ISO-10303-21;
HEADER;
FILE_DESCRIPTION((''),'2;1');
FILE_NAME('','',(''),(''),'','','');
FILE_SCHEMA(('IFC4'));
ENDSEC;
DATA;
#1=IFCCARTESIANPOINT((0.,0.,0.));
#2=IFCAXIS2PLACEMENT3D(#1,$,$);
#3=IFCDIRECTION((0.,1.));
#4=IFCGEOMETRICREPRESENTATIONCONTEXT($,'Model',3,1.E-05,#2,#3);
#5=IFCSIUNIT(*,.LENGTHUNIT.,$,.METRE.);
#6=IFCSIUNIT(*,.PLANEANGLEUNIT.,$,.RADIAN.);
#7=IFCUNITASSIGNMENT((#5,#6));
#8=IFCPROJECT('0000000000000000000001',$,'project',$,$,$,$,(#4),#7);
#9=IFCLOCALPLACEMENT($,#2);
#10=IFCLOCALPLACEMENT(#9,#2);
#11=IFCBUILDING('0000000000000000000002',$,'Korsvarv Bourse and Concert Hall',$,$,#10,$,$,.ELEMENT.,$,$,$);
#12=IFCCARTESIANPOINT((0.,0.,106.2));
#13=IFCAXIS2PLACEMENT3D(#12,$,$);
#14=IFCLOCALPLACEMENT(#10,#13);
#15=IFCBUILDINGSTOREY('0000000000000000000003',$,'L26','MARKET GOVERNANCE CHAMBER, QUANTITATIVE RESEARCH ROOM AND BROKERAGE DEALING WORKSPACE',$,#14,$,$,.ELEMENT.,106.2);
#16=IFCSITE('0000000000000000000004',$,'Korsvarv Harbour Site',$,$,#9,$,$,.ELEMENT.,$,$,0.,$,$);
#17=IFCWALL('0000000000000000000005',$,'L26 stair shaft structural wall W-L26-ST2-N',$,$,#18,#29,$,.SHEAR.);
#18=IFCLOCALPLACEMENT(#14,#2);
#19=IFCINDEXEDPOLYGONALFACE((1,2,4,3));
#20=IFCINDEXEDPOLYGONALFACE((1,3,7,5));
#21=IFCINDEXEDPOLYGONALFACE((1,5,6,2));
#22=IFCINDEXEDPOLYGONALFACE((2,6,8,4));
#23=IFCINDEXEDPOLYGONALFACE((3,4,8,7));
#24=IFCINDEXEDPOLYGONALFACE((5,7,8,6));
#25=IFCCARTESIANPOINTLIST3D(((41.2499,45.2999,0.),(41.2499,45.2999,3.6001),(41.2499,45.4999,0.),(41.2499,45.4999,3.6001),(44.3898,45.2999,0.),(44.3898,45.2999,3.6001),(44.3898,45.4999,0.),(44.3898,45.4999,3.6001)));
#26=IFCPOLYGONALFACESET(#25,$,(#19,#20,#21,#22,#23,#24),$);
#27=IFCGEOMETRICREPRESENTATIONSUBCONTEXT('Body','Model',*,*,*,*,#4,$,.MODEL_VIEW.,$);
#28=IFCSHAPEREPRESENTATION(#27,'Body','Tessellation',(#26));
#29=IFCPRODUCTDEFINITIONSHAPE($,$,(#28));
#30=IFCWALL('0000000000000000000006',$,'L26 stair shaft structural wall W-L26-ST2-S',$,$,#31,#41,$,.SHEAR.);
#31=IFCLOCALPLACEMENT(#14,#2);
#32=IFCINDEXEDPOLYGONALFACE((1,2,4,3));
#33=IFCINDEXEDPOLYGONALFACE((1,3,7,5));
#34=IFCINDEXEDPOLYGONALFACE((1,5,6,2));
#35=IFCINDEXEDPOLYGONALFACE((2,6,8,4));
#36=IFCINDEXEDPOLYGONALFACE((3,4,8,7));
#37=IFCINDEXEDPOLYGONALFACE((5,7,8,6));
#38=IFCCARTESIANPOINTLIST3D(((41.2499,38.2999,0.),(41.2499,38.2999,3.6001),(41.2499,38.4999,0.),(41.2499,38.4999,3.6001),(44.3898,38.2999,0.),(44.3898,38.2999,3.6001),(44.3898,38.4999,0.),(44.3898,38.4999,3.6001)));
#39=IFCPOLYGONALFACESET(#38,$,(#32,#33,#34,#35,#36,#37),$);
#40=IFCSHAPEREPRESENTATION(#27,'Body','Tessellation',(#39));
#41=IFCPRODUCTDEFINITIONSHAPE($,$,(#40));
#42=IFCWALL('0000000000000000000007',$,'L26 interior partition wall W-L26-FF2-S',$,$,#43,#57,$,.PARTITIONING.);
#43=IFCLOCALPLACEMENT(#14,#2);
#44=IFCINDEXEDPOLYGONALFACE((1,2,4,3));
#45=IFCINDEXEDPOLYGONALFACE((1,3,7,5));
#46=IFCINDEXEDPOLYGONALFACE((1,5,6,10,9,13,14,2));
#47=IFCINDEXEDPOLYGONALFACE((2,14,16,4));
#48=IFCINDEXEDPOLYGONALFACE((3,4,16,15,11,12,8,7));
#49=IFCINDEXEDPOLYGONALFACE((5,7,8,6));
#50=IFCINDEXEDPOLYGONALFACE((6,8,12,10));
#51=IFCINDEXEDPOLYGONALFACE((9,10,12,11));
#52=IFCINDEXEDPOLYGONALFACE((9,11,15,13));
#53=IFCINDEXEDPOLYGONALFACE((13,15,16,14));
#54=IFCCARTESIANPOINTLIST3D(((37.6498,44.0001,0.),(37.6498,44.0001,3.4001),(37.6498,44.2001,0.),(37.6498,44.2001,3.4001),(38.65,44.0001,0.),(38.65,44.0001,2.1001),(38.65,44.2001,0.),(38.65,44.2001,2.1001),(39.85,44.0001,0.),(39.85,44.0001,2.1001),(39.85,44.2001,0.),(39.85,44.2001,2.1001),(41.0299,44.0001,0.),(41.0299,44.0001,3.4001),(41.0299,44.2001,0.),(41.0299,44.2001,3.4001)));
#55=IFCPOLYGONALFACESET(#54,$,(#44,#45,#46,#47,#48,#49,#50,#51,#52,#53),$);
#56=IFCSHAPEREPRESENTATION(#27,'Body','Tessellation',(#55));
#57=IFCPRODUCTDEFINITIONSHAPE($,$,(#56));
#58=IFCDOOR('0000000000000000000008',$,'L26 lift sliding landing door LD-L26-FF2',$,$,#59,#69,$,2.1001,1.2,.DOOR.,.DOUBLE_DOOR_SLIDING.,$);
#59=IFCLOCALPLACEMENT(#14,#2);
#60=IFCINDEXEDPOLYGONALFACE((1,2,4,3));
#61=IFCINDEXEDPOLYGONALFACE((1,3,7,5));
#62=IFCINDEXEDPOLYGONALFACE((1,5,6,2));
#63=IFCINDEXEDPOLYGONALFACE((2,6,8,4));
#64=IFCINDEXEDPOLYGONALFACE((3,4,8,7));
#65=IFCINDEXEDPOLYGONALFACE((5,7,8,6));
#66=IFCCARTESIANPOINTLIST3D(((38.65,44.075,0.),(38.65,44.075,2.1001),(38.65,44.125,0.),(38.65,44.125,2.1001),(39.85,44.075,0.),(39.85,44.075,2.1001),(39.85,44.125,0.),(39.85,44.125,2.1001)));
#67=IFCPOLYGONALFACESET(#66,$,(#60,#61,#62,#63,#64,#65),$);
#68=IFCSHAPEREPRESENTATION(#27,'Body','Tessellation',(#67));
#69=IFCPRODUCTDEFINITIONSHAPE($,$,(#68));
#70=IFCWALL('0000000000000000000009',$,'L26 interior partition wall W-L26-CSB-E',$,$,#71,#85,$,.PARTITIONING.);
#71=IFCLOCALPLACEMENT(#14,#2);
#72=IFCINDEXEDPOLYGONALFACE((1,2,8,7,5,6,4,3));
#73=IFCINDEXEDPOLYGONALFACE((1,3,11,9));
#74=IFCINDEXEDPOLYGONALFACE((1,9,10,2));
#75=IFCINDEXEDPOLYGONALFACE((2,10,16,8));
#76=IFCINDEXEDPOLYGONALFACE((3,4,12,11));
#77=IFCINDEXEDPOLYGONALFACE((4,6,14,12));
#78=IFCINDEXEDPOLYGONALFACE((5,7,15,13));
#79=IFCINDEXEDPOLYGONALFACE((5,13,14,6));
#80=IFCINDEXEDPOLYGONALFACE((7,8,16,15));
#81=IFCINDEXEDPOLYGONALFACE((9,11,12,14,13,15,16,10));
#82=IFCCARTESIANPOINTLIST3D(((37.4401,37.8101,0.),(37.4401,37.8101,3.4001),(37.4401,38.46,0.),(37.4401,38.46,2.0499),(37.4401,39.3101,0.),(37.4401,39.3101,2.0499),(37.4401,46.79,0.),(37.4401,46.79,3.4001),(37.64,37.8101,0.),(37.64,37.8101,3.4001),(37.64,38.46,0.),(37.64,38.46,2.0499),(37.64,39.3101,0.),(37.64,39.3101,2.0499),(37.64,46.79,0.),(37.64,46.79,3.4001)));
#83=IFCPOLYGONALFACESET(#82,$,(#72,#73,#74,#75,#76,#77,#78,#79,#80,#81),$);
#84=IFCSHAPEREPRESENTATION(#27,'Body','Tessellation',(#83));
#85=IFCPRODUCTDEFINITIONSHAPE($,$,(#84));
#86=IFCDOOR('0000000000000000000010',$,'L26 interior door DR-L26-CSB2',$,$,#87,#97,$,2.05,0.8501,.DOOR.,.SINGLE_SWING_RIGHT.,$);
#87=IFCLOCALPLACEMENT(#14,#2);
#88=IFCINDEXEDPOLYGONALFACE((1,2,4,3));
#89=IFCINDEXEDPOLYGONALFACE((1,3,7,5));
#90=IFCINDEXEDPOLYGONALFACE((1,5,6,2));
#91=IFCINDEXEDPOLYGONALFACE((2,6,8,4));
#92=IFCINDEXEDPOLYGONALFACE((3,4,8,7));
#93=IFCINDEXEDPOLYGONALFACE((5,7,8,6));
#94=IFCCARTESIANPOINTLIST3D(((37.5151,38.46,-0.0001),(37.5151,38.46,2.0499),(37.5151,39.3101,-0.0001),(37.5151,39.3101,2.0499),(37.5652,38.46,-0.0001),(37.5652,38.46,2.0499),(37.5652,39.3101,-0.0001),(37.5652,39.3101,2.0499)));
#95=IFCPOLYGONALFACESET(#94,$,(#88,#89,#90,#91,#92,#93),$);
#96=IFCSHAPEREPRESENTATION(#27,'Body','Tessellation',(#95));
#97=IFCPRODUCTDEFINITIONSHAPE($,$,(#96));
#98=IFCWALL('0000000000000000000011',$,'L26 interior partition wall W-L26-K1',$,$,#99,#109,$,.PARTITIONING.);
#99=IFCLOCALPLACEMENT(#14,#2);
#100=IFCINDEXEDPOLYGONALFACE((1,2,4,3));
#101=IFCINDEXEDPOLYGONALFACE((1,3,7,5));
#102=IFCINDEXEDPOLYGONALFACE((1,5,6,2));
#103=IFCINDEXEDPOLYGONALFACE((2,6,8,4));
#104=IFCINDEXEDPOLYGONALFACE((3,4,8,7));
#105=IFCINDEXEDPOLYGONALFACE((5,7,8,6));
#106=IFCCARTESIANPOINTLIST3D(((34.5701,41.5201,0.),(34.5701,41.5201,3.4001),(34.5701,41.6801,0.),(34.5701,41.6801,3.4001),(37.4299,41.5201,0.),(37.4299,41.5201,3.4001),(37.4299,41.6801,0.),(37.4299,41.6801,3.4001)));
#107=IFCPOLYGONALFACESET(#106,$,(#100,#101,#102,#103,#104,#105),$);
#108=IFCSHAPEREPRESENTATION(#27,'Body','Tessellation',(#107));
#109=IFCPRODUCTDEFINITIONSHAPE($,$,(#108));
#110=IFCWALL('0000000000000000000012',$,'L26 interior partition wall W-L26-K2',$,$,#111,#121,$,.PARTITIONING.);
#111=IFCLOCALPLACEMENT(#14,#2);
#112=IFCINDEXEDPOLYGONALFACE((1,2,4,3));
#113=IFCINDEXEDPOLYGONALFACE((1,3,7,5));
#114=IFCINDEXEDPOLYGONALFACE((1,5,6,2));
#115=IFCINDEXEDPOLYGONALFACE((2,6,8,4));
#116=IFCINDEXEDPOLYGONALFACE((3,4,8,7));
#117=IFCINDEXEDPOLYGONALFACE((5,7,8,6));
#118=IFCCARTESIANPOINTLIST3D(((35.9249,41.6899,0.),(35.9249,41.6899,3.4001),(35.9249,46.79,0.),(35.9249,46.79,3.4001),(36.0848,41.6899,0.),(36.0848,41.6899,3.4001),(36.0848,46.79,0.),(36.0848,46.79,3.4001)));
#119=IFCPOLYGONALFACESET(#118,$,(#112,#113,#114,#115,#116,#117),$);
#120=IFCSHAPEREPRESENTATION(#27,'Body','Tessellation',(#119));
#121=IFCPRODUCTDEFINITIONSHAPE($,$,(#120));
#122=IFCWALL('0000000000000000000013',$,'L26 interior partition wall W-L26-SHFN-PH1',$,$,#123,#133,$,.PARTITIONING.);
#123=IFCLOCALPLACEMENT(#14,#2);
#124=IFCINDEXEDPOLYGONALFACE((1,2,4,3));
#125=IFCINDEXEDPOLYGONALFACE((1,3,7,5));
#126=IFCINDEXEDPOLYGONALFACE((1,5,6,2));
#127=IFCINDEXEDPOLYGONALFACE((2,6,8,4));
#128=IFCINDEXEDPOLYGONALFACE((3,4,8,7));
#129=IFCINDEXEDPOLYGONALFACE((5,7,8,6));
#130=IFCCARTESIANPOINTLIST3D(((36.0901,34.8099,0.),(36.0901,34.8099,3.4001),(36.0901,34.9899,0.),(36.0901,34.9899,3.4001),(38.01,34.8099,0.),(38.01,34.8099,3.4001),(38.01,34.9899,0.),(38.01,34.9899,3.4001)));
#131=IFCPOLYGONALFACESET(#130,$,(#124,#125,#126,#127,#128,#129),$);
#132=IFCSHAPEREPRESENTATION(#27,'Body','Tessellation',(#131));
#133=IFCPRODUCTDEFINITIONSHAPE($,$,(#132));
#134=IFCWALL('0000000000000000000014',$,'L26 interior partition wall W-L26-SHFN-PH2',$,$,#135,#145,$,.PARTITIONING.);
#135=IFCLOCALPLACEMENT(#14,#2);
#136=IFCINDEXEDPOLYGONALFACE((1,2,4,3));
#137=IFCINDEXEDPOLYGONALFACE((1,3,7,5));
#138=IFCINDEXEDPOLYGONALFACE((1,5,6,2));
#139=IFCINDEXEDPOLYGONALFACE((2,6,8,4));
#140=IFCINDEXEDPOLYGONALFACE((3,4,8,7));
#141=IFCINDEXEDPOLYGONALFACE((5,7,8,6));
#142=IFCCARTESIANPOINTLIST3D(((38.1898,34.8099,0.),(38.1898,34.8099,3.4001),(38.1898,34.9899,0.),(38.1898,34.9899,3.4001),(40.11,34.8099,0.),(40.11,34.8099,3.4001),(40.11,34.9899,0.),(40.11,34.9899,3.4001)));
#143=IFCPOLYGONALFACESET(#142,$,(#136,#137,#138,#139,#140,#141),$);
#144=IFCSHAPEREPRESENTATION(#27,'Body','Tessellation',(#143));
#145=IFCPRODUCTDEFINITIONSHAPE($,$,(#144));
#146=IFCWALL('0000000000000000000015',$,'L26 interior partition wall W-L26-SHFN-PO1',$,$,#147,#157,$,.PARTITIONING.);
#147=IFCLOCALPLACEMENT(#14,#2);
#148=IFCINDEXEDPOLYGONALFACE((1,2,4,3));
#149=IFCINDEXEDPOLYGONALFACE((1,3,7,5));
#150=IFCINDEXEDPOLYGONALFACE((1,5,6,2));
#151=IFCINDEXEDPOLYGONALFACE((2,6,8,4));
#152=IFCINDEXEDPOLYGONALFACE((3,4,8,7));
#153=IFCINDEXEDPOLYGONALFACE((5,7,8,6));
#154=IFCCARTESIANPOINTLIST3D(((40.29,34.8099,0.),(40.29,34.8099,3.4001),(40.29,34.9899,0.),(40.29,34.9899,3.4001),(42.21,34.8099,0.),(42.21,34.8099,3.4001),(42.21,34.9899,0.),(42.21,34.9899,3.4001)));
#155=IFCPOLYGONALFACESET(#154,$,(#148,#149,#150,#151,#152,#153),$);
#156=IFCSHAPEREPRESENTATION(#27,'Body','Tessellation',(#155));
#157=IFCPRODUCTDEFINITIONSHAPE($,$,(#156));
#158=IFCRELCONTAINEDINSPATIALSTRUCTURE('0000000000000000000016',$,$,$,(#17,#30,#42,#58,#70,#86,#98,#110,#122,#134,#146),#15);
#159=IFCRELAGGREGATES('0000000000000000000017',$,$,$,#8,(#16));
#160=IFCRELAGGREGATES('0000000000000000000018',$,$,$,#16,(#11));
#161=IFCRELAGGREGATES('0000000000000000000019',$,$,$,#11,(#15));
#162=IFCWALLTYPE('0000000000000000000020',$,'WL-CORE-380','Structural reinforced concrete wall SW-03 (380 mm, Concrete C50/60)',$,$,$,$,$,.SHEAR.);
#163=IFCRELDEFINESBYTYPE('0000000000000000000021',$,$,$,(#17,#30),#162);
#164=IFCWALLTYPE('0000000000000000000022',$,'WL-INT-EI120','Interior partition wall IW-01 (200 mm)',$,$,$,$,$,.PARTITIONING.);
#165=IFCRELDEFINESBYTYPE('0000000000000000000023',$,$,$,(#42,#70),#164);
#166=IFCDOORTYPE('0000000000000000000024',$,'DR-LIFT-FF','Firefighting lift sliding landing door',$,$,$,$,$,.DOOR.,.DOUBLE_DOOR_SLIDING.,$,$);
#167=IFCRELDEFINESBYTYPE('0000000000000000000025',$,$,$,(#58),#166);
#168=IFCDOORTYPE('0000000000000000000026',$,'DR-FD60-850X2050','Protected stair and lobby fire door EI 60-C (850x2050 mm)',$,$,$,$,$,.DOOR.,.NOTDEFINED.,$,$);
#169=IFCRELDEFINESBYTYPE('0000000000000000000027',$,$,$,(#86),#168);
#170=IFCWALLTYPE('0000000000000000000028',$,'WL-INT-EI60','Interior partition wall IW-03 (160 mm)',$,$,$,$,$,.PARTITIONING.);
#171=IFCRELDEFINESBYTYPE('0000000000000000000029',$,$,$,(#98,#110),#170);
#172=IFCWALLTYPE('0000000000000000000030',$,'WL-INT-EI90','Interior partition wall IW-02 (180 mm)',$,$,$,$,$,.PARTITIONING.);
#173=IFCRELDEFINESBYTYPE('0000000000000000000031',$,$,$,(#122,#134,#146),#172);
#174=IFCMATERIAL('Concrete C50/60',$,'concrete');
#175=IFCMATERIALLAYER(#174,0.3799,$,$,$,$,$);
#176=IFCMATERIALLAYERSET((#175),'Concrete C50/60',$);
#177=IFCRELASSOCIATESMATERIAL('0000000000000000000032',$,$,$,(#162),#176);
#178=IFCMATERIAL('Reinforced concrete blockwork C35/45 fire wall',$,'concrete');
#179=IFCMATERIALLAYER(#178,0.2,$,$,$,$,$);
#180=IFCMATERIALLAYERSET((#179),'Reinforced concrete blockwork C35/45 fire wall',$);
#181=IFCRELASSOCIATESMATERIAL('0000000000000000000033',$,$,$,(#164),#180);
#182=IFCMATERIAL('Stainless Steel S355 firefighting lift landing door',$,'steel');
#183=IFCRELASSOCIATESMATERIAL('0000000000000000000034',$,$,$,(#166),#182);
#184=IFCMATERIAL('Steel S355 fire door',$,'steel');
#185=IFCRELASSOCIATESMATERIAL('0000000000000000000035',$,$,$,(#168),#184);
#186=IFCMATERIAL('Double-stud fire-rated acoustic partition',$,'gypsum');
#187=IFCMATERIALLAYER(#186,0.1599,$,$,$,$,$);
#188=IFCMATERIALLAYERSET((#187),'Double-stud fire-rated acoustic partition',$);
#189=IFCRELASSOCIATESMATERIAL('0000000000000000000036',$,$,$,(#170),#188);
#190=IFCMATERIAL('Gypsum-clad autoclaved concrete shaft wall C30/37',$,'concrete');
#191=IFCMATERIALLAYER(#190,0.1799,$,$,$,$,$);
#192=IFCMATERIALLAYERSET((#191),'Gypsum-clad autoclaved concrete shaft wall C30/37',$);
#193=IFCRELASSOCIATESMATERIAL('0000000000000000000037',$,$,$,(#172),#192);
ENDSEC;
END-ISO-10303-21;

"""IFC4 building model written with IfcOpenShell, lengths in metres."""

from ifc_helpers import new_model, si_unit, direction, frame, frame_2d, origin, place, context, subcontext, project, spatial, rectangle, extrude, material, layer, layer_set, type_object, element, fill, save


model = new_model("IFC4")

# Units and contexts
model_context = context("Model", 3, precision=1e-05, world=origin(), true_north=direction((0.0, 1.0)))
body_context = subcontext(model_context, "Body", "Model", "MODEL_VIEW")
ifc_project = project(units=[si_unit("LENGTHUNIT", "METRE"), si_unit("PLANEANGLEUNIT", "RADIAN")], contexts=[model_context])

# Site, building, storey
site_placement = place(None, origin())
site = spatial("IfcSite", under=ifc_project, at=site_placement, Name="Korsvarv Harbour Site", CompositionType="ELEMENT", RefElevation=0.0)
building_placement = place(site_placement, origin())
building = spatial("IfcBuilding", under=site, at=building_placement, Name="Korsvarv Bourse and Concert Hall", CompositionType="ELEMENT")
storey_placement = place(building_placement, frame((0.0, 0.0, 106.2)))
storey = spatial("IfcBuildingStorey", under=building, at=storey_placement, Name="L26", Description="MARKET GOVERNANCE CHAMBER, QUANTITATIVE RESEARCH ROOM AND BROKERAGE DEALING WORKSPACE", CompositionType="ELEMENT", Elevation=106.2)

# Shared definitions
ifc_material_1 = material(Name="Concrete C50/60", Category="concrete")
ifc_layer_1 = layer(ifc_material_1, 0.3799)
ifc_layer_set_1 = layer_set([ifc_layer_1], Name="Concrete C50/60")
wall_type_1 = type_object("IfcWallType", Name="WL-CORE-380", Description="Structural reinforced concrete wall SW-03 (380 mm, Concrete C50/60)", PredefinedType="SHEAR", material=ifc_layer_set_1)
ifc_material_2 = material(Name="Steel S355 fire door", Category="steel")

# Walls
for number, where, z_axis, x_axis, name in (
    (1, (41.25, 45.3999, 0.0), (0.0, 0.0, 1.0), (1.0, 0.0, 0.0), "L26 stair shaft structural wall W-L26-ST2-N"),
    (2, (41.25, 38.3999, 0.0), (0.0, 0.0, 1.0), (1.0, 0.0, 0.0), "L26 stair shaft structural wall W-L26-ST2-S"),
):
    element("IfcWall", number, at=place(storey_placement, frame(where, z_axis=z_axis, x_axis=x_axis)), inside=storey, type_object=wall_type_1, Name=name, PredefinedType="SHEAR", context=body_context, shape_type="SweptSolid", body=[
        extrude(rectangle(XDim=3.1399, YDim=0.2, at=frame_2d((1.5698, 0.0))), origin(), (0.0, 0.0, 1.0), 3.6001),
    ])

# Walls, openings, doors
ifc_material_3 = material(Name="Reinforced concrete blockwork C35/45 fire wall", Category="concrete")
ifc_layer_2 = layer(ifc_material_3, 0.2)
ifc_layer_set_2 = layer_set([ifc_layer_2], Name="Reinforced concrete blockwork C35/45 fire wall")
wall_type_2 = type_object("IfcWallType", Name="WL-INT-EI120", Description="Interior partition wall IW-01 (200 mm)", PredefinedType="PARTITIONING", material=ifc_layer_set_2)
wall_1_placement = place(storey_placement, frame((37.6499, 44.1001, 0.0), z_axis=(0.0, 0.0, 1.0), x_axis=(1.0, 0.0, 0.0)))
wall_1 = element("IfcWall", 3, at=wall_1_placement, inside=storey, type_object=wall_type_2, Name="L26 interior partition wall W-L26-FF2-S", PredefinedType="PARTITIONING", context=body_context, shape_type="SweptSolid", body=[
    extrude(rectangle(XDim=3.3801, YDim=0.2, at=frame_2d((1.6899, 0.0))), origin(), (0.0, 0.0, 1.0), 3.4001),
])
opening_1_placement = place(wall_1_placement, frame((1.0, 0.0, 0.0)))
opening_1 = element("IfcOpeningElement", 4, at=opening_1_placement, cuts=wall_1, PredefinedType="OPENING", context=body_context, shape_type="SweptSolid", body=[
    extrude(rectangle(XDim=1.2, YDim=2.1001, at=frame_2d((0.6001, 1.05))), frame((0.0, 0.1099, 0.0), z_axis=(0.0, -1.0, 0.0), x_axis=(1.0, 0.0, 0.0)), (0.0, 0.0, 1.0), 0.22),
])
ifc_material_4 = material(Name="Stainless Steel S355 firefighting lift landing door", Category="steel")
door_type_1 = type_object("IfcDoorType", Name="DR-LIFT-FF", Description="Firefighting lift sliding landing door", OperationType="DOUBLE_DOOR_SLIDING", PredefinedType="DOOR", material=ifc_material_4)
door_1_placement = place(opening_1_placement, origin())
door_1 = element("IfcDoor", 5, at=door_1_placement, inside=storey, type_object=door_type_1, Name="L26 lift sliding landing door LD-L26-FF2", OperationType="DOUBLE_DOOR_SLIDING", OverallHeight=2.1001, OverallWidth=1.2, PredefinedType="DOOR", context=body_context, shape_type="SweptSolid", body=[
    extrude(rectangle(XDim=1.2, YDim=2.1001, at=frame_2d((0.6001, 1.05))), frame((0.0, 0.0249, 0.0), z_axis=(0.0, -1.0, 0.0), x_axis=(1.0, 0.0, 0.0)), (0.0, 0.0, 1.0), 0.05),
])
fill(opening_1, door_1)
wall_2_placement = place(storey_placement, frame((37.54, 37.8101, 0.0), z_axis=(0.0, 0.0, 1.0), x_axis=(0.0, 1.0, 0.0)))
wall_2 = element("IfcWall", 6, at=wall_2_placement, inside=storey, type_object=wall_type_2, Name="L26 interior partition wall W-L26-CSB-E", PredefinedType="PARTITIONING", context=body_context, shape_type="SweptSolid", body=[
    extrude(rectangle(XDim=8.98, YDim=0.2, at=frame_2d((4.49, 0.0))), origin(), (0.0, 0.0, 1.0), 3.4001),
])
opening_2_placement = place(wall_2_placement, frame((0.6499, 0.0, 0.0)))
opening_2 = element("IfcOpeningElement", 7, at=opening_2_placement, cuts=wall_2, PredefinedType="OPENING", context=body_context, shape_type="SweptSolid", body=[
    extrude(rectangle(XDim=0.8501, YDim=2.05, at=frame_2d((0.425, 1.0249))), frame((0.0, 0.1099, 0.0), z_axis=(0.0, -1.0, 0.0), x_axis=(1.0, 0.0, 0.0)), (0.0, 0.0, 1.0), 0.22),
])
door_type_2 = type_object("IfcDoorType", Name="DR-FD60-850X2050", Description="Protected stair and lobby fire door EI 60-C (850x2050 mm)", OperationType="NOTDEFINED", PredefinedType="DOOR", material=ifc_material_2)
door_2_placement = place(opening_2_placement, origin())
door_2 = element("IfcDoor", 8, at=door_2_placement, inside=storey, type_object=door_type_2, Name="L26 interior door DR-L26-CSB2", OperationType="SINGLE_SWING_RIGHT", OverallHeight=2.05, OverallWidth=0.8501, PredefinedType="DOOR", context=body_context, shape_type="SweptSolid", body=[
    extrude(rectangle(XDim=0.8501, YDim=2.05, at=frame_2d((0.425, 1.0249))), frame((0.0, 0.0249, 0.0), z_axis=(0.0, -1.0, 0.0), x_axis=(1.0, 0.0, 0.0)), (0.0, 0.0, 1.0), 0.05),
])
fill(opening_2, door_2)

# Walls
ifc_material_5 = material(Name="Double-stud fire-rated acoustic partition", Category="gypsum")
ifc_layer_3 = layer(ifc_material_5, 0.1599)
ifc_layer_set_3 = layer_set([ifc_layer_3], Name="Double-stud fire-rated acoustic partition")
wall_type_3 = type_object("IfcWallType", Name="WL-INT-EI60", Description="Interior partition wall IW-03 (160 mm)", PredefinedType="PARTITIONING", material=ifc_layer_set_3)
wall_3_placement = place(storey_placement, frame((34.5701, 41.6001, 0.0), z_axis=(0.0, 0.0, 1.0), x_axis=(1.0, 0.0, 0.0)))
element("IfcWall", 9, at=wall_3_placement, inside=storey, type_object=wall_type_3, Name="L26 interior partition wall W-L26-K1", PredefinedType="PARTITIONING", context=body_context, shape_type="SweptSolid", body=[
    extrude(rectangle(XDim=2.8599, YDim=0.1599, at=frame_2d((1.4299, 0.0))), origin(), (0.0, 0.0, 1.0), 3.4001),
])
wall_4_placement = place(storey_placement, frame((36.0049, 41.6899, 0.0), z_axis=(0.0, 0.0, 1.0), x_axis=(0.0, 1.0, 0.0)))
element("IfcWall", 10, at=wall_4_placement, inside=storey, type_object=wall_type_3, Name="L26 interior partition wall W-L26-K2", PredefinedType="PARTITIONING", context=body_context, shape_type="SweptSolid", body=[
    extrude(rectangle(XDim=5.1001, YDim=0.1599, at=frame_2d((2.55, 0.0))), origin(), (0.0, 0.0, 1.0), 3.4001),
])
ifc_material_6 = material(Name="Gypsum-clad autoclaved concrete shaft wall C30/37", Category="concrete")
ifc_layer_4 = layer(ifc_material_6, 0.1799)
ifc_layer_set_4 = layer_set([ifc_layer_4], Name="Gypsum-clad autoclaved concrete shaft wall C30/37")
wall_type_4 = type_object("IfcWallType", Name="WL-INT-EI90", Description="Interior partition wall IW-02 (180 mm)", PredefinedType="PARTITIONING", material=ifc_layer_set_4)
wall_5_placement = place(storey_placement, frame((36.0901, 34.8999, 0.0), z_axis=(0.0, 0.0, 1.0), x_axis=(1.0, 0.0, 0.0)))
element("IfcWall", 11, at=wall_5_placement, inside=storey, type_object=wall_type_4, Name="L26 interior partition wall W-L26-SHFN-PH1", PredefinedType="PARTITIONING", context=body_context, shape_type="SweptSolid", body=[
    extrude(rectangle(XDim=1.9199, YDim=0.1799, at=frame_2d((0.96, 0.0))), origin(), (0.0, 0.0, 1.0), 3.4001),
])
wall_6_placement = place(storey_placement, frame((38.1899, 34.8999, 0.0), z_axis=(0.0, 0.0, 1.0), x_axis=(1.0, 0.0, 0.0)))
element("IfcWall", 12, at=wall_6_placement, inside=storey, type_object=wall_type_4, Name="L26 interior partition wall W-L26-SHFN-PH2", PredefinedType="PARTITIONING", context=body_context, shape_type="SweptSolid", body=[
    extrude(rectangle(XDim=1.9202, YDim=0.1799, at=frame_2d((0.96, 0.0))), origin(), (0.0, 0.0, 1.0), 3.4001),
])
wall_7_placement = place(storey_placement, frame((40.29, 34.8999, 0.0), z_axis=(0.0, 0.0, 1.0), x_axis=(1.0, 0.0, 0.0)))
element("IfcWall", 13, at=wall_7_placement, inside=storey, type_object=wall_type_4, Name="L26 interior partition wall W-L26-SHFN-PO1", PredefinedType="PARTITIONING", context=body_context, shape_type="SweptSolid", body=[
    extrude(rectangle(XDim=1.9199, YDim=0.1799, at=frame_2d((0.96, 0.0))), origin(), (0.0, 0.0, 1.0), 3.4001),
])

save(model, "model.ifc")
